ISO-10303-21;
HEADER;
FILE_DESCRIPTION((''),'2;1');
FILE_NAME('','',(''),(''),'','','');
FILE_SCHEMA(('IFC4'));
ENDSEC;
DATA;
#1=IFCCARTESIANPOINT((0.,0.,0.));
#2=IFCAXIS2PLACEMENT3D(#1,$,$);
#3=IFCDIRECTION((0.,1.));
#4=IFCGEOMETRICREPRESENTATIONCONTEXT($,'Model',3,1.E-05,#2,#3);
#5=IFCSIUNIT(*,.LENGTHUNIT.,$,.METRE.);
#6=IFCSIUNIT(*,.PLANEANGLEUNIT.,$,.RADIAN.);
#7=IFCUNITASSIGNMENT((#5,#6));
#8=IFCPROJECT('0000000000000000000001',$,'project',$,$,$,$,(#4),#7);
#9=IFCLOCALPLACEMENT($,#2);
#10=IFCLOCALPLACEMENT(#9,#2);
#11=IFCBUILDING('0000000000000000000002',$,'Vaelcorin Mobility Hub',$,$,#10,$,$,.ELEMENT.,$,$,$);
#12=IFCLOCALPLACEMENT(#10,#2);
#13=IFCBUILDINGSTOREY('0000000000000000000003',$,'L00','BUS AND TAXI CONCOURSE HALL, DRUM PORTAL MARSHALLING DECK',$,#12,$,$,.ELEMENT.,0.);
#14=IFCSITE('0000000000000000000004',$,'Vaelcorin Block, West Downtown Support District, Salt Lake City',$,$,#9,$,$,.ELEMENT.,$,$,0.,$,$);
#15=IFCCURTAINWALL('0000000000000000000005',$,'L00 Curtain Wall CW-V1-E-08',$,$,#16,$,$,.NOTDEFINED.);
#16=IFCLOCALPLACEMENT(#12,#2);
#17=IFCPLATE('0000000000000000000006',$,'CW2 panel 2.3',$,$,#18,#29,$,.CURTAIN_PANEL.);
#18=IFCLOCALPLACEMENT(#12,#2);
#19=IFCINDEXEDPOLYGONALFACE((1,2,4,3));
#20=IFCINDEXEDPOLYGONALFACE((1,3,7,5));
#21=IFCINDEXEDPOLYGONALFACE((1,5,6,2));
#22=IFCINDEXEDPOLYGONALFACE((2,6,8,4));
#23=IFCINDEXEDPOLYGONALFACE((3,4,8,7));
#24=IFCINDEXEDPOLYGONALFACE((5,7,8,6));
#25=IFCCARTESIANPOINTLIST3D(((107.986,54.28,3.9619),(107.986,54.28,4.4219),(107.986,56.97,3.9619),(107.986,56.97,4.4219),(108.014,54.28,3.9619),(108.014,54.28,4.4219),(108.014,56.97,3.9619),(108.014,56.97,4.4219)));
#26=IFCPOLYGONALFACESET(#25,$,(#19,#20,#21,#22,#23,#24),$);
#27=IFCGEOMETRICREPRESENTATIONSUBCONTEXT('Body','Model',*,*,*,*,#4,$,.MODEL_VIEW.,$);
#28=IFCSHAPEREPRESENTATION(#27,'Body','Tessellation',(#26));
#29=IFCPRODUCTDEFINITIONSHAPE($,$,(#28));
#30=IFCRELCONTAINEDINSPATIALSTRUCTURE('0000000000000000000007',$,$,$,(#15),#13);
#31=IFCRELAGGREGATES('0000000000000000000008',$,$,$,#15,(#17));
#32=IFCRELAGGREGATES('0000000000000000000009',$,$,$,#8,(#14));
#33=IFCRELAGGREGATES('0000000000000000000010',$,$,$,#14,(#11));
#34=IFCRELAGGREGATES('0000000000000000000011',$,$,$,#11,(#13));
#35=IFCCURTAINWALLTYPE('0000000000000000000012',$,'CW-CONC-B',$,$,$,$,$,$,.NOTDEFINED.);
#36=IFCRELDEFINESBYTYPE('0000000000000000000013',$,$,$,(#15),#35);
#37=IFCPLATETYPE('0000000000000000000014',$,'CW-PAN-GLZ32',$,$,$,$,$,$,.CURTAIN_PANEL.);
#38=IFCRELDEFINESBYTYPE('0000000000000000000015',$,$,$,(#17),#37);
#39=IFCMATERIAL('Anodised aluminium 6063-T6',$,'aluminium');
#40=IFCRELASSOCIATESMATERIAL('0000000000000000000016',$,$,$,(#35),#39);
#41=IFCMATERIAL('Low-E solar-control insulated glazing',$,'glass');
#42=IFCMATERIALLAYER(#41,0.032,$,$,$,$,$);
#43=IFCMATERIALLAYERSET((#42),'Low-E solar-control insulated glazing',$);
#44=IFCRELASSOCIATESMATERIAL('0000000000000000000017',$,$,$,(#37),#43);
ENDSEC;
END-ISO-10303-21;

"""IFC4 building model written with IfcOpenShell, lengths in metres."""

from ifc_helpers import new_model, si_unit, direction, frame, origin, origin_2d, place, context, subcontext, project, spatial, rectangle, extrude, material, layer, layer_set, type_object, element, aggregate, save


model = new_model("IFC4")

# Units and contexts
model_context = context("Model", 3, precision=1e-05, world=origin(), true_north=direction((0.0, 1.0)))
body_context = subcontext(model_context, "Body", "Model", "MODEL_VIEW")
ifc_project = project(units=[si_unit("LENGTHUNIT", "METRE"), si_unit("PLANEANGLEUNIT", "RADIAN")], contexts=[model_context])

# Site, building, storey
site_placement = place(None, origin())
site = spatial("IfcSite", under=ifc_project, at=site_placement, Name="Vaelcorin Block, West Downtown Support District, Salt Lake City", CompositionType="ELEMENT", RefElevation=0.0)
building_placement = place(site_placement, origin())
building = spatial("IfcBuilding", under=site, at=building_placement, Name="Vaelcorin Mobility Hub", CompositionType="ELEMENT")
storey_placement = place(building_placement, origin())
storey = spatial("IfcBuildingStorey", under=building, at=storey_placement, Name="L00", Description="BUS AND TAXI CONCOURSE HALL, DRUM PORTAL MARSHALLING DECK", CompositionType="ELEMENT", Elevation=0.0)

# Shared definitions
ifc_material_1 = material(Name="Anodised aluminium 6063-T6", Category="aluminium")
curtain_wall_type_1 = type_object("IfcCurtainWallType", Name="CW-CONC-B", PredefinedType="NOTDEFINED", material=ifc_material_1)

# Curtain wall
curtain_wall_1_placement = place(storey_placement, origin())
curtain_wall_1 = element("IfcCurtainWall", 1, at=curtain_wall_1_placement, inside=storey, type_object=curtain_wall_type_1, Name="L00 Curtain Wall CW-V1-E-08", PredefinedType="NOTDEFINED")

# Plate
ifc_material_2 = material(Name="Low-E solar-control insulated glazing", Category="glass")
ifc_layer = layer(ifc_material_2, 0.032)
ifc_layer_set = layer_set([ifc_layer], Name="Low-E solar-control insulated glazing")
plate_type = type_object("IfcPlateType", Name="CW-PAN-GLZ32", PredefinedType="CURTAIN_PANEL", material=ifc_layer_set)
plate_1_placement = place(storey_placement, frame((108.0, 55.625, 3.9619), z_axis=(0.0, 0.0, 1.0), x_axis=(0.0, -1.0, 0.0)))
plate_1 = element("IfcPlate", 2, at=plate_1_placement, type_object=plate_type, Name="CW2 panel 2.3", PredefinedType="CURTAIN_PANEL", context=body_context, shape_type="SweptSolid", body=[
    extrude(rectangle(XDim=2.6899, YDim=0.0281, at=origin_2d()), origin(), (0.0, 0.0, 1.0), 0.46),
])
aggregate(curtain_wall_1, [plate_1])

save(model, "model.ifc")
